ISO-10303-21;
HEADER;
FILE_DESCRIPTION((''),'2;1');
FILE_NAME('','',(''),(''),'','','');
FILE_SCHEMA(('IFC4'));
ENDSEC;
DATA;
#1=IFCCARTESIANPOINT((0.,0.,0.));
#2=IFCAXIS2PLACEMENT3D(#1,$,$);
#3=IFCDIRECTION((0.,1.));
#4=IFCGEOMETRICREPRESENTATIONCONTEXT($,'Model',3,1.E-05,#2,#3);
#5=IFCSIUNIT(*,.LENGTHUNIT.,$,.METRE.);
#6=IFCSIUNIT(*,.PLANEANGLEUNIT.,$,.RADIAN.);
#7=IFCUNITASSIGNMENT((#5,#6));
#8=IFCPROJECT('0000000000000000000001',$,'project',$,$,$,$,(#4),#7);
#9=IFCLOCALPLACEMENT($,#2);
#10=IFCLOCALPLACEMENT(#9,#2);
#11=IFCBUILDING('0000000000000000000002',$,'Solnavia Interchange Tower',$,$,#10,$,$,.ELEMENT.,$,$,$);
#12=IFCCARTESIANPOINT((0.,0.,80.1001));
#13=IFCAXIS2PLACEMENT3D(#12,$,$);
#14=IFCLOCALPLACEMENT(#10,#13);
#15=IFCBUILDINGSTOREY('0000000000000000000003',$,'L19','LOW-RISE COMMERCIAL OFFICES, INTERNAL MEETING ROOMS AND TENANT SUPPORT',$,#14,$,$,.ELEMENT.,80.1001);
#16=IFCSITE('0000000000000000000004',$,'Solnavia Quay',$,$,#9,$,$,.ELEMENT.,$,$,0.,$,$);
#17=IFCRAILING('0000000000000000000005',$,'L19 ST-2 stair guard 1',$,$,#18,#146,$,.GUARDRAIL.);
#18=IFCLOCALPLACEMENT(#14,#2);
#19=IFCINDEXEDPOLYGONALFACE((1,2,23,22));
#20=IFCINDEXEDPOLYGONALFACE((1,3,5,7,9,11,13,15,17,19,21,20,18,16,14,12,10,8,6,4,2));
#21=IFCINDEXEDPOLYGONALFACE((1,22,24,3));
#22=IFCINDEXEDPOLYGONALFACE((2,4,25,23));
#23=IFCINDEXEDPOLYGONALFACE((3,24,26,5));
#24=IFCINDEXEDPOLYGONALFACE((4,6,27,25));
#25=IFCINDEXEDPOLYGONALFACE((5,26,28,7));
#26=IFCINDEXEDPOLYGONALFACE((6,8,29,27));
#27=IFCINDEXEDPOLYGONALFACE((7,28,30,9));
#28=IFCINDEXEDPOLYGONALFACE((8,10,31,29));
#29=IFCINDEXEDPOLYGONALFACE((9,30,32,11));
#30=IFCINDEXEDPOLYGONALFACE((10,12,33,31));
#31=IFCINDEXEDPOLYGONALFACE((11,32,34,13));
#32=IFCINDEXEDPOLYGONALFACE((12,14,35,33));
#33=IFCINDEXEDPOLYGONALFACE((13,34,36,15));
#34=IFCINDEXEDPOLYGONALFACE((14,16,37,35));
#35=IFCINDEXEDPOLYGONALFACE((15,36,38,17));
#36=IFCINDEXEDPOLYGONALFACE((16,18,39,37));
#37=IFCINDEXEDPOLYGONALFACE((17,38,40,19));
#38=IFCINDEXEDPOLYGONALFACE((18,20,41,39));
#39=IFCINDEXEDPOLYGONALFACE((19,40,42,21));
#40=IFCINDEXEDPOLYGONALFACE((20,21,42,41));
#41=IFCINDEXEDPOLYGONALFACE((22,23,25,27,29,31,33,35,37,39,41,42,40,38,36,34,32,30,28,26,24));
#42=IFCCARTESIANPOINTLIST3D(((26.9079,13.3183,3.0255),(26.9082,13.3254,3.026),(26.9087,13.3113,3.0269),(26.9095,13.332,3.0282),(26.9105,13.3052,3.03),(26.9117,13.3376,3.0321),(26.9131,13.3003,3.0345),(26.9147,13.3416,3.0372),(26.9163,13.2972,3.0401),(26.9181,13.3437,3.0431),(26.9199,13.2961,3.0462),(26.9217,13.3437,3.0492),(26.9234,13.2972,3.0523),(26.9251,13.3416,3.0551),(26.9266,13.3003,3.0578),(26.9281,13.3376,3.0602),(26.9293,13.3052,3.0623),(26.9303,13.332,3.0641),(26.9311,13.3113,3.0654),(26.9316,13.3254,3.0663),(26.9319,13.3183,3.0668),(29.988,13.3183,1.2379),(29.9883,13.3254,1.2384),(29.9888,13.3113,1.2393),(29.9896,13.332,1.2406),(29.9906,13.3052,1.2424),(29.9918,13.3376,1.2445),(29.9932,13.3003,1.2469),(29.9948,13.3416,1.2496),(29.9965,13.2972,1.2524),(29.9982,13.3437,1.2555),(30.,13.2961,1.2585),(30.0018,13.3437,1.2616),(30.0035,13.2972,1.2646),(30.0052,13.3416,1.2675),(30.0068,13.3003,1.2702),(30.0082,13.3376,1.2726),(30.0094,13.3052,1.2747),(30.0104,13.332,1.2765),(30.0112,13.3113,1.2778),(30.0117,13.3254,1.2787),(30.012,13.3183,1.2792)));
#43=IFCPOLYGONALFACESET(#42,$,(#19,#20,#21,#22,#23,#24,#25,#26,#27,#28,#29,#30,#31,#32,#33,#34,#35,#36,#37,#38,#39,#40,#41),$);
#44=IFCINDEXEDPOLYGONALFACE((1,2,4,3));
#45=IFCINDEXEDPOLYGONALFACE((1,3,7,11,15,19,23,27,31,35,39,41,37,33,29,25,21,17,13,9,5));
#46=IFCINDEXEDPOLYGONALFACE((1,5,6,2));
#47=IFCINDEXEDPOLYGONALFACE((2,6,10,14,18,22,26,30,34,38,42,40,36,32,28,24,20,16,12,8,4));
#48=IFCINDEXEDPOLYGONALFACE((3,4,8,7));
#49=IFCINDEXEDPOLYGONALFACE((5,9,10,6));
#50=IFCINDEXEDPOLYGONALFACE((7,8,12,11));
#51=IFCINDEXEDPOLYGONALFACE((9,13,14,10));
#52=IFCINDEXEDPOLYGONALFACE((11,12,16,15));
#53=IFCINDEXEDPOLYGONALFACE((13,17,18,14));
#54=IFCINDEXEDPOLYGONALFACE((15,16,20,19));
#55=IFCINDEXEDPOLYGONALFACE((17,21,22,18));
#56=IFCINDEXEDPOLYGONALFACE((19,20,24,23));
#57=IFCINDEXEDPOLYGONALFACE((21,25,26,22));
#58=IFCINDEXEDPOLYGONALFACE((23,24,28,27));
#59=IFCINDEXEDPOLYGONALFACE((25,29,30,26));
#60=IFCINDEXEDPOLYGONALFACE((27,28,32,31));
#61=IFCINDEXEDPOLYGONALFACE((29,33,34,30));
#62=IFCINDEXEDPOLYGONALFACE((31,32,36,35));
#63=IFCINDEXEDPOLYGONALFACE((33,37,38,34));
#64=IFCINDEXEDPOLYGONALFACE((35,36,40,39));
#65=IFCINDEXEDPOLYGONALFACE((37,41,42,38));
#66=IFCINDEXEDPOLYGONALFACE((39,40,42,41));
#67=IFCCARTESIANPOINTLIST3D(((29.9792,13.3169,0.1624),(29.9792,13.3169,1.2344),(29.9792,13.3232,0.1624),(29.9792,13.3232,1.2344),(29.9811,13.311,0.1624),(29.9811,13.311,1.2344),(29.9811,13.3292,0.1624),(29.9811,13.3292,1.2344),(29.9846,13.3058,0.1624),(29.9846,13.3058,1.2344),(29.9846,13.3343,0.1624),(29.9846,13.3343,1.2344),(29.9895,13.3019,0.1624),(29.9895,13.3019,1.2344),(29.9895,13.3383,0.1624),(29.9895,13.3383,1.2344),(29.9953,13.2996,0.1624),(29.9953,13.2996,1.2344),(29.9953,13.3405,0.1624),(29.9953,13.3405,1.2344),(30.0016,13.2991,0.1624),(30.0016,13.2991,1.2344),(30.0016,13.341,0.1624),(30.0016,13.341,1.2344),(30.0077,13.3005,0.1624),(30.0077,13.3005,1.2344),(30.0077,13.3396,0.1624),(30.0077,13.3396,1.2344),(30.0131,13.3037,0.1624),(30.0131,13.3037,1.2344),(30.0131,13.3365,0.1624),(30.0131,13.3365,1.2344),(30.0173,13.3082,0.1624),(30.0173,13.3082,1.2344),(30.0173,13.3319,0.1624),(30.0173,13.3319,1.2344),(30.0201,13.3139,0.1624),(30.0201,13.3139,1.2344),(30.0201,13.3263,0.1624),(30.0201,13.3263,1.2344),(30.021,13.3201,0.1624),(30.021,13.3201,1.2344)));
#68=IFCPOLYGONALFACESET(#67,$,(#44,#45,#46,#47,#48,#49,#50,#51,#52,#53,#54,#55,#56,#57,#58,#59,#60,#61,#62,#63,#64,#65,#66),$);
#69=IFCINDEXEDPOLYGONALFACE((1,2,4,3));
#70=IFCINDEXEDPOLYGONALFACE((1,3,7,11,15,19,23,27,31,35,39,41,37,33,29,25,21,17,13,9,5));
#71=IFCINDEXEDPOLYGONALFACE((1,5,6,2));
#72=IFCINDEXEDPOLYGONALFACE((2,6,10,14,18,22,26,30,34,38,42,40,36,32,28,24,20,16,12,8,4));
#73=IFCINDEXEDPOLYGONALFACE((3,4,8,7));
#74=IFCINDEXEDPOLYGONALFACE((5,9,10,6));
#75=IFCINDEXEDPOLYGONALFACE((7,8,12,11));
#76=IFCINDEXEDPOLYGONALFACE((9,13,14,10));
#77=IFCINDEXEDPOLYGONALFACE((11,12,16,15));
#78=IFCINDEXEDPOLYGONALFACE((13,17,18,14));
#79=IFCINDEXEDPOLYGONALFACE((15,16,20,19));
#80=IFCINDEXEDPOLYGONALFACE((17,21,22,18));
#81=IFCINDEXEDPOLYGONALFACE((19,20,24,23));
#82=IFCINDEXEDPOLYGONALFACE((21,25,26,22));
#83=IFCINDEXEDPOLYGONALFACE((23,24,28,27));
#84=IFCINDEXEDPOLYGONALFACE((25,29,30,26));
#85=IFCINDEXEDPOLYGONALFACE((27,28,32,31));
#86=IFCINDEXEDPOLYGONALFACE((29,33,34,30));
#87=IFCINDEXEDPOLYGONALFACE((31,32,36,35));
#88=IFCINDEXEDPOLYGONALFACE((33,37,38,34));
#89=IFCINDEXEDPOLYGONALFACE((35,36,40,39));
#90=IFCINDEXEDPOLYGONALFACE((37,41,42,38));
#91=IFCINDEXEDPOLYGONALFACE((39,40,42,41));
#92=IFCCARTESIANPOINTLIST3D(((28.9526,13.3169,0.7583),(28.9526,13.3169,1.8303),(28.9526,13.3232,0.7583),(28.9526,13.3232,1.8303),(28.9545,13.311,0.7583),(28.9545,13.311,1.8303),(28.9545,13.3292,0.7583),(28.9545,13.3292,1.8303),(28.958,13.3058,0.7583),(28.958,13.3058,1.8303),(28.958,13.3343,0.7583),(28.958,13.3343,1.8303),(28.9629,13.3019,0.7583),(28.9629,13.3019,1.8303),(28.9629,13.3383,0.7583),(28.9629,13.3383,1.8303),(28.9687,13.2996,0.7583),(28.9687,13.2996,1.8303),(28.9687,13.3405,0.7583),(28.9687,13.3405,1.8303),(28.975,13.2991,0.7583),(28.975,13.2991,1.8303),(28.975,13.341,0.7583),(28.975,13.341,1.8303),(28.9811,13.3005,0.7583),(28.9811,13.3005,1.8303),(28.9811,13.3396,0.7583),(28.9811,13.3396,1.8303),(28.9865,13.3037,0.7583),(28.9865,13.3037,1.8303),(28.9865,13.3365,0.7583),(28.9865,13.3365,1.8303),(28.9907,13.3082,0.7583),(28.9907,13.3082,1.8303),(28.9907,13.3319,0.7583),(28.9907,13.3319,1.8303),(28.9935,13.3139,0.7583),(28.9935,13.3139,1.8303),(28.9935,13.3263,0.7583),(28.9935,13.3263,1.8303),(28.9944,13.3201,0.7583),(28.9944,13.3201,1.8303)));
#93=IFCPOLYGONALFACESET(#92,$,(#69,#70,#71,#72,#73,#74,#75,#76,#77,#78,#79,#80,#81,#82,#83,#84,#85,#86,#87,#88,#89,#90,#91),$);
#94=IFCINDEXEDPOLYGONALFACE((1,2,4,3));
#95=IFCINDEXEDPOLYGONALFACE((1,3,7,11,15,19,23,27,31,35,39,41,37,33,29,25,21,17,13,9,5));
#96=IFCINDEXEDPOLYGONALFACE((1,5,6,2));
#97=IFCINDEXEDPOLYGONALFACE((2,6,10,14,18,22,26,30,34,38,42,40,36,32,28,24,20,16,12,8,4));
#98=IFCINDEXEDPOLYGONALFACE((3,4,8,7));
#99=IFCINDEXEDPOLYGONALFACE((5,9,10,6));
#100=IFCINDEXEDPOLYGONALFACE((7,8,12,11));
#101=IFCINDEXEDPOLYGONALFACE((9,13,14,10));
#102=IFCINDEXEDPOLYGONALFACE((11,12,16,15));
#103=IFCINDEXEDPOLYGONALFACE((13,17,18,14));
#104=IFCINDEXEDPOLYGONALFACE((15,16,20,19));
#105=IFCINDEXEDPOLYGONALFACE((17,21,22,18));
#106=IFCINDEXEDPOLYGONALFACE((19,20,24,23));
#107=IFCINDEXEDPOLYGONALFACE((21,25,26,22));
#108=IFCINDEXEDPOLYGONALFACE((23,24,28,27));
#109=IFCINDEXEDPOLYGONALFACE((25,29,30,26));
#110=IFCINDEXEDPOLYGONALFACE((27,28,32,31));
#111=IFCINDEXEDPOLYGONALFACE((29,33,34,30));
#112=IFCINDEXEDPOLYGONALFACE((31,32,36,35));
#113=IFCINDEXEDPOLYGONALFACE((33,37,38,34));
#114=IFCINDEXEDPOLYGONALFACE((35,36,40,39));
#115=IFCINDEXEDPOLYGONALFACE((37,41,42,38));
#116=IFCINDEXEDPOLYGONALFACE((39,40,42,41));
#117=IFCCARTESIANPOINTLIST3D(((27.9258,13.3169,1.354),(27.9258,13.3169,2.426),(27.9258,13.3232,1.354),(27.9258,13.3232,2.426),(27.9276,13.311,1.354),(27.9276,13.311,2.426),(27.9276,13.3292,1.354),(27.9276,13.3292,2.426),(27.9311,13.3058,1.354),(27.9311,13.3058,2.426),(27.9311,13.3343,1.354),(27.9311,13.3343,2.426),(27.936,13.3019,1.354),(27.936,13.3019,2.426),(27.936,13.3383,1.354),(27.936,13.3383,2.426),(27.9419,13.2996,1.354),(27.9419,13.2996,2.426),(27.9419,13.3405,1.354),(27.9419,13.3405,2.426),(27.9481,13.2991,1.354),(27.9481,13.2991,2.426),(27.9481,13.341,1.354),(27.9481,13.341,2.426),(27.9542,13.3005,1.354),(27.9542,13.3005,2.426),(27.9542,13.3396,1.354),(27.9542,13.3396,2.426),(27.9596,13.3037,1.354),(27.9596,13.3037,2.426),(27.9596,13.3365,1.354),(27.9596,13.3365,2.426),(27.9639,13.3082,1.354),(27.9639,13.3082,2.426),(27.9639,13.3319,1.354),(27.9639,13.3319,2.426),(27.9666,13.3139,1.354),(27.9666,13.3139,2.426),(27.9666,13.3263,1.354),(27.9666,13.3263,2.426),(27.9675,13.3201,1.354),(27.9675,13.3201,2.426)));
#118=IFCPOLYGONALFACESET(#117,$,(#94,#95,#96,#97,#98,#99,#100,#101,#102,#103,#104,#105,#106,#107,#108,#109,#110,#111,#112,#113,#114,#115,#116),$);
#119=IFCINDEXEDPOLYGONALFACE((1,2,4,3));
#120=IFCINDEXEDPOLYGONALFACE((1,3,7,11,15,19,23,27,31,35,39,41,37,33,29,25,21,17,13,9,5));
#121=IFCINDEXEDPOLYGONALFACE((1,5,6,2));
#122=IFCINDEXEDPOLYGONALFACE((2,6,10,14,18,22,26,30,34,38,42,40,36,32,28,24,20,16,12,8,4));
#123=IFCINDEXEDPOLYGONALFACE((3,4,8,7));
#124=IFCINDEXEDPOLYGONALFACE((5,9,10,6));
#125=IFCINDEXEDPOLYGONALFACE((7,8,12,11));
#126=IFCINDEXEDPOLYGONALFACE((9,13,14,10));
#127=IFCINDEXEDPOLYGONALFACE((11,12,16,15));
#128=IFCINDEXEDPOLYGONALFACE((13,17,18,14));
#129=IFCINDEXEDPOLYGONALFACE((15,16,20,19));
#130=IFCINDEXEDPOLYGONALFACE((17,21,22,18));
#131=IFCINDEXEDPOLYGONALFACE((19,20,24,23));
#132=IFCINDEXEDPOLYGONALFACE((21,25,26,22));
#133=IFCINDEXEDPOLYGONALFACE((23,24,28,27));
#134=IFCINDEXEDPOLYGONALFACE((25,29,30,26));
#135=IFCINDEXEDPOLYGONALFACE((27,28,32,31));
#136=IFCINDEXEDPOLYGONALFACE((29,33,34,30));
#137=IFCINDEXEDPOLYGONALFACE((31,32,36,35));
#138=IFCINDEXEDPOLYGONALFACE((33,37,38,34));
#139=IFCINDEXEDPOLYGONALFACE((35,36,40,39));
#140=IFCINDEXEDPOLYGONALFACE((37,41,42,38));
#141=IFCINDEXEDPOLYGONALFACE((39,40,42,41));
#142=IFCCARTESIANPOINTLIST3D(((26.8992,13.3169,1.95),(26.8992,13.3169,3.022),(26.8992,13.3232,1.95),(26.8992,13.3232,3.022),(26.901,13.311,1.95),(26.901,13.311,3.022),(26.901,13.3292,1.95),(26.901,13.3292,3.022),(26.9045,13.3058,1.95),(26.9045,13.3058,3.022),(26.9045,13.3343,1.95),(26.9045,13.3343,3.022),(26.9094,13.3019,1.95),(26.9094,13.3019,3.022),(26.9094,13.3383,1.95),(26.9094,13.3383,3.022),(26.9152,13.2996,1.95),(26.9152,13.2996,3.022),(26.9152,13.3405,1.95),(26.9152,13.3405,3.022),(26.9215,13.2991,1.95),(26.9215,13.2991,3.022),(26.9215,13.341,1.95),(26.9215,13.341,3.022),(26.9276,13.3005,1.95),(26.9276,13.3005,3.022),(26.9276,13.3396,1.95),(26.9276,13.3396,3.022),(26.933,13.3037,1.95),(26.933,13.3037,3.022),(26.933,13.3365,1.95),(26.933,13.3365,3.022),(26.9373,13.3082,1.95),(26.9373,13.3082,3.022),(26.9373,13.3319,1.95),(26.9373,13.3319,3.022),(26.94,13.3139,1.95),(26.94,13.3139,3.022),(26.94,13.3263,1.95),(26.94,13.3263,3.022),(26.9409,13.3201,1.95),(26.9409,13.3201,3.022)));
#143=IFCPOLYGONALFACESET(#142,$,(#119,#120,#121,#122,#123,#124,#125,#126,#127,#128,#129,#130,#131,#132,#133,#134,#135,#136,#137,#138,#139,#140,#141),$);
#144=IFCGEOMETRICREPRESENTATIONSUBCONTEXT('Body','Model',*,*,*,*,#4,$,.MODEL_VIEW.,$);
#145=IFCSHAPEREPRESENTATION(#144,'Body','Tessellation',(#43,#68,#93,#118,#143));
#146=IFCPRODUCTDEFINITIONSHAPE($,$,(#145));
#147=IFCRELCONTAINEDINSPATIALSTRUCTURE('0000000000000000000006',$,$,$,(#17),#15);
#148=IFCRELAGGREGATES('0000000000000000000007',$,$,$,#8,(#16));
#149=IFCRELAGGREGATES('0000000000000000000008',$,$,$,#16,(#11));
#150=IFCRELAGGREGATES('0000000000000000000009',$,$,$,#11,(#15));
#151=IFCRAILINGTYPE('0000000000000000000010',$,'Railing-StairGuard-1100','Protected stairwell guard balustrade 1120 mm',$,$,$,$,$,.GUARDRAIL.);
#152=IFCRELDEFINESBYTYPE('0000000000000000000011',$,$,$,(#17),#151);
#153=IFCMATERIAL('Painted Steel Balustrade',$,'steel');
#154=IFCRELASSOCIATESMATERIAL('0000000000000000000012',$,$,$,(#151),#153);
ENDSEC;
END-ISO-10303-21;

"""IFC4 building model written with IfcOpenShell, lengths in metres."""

from ifc_helpers import new_model, si_unit, direction, frame, origin, origin_2d, place, context, subcontext, project, spatial, circle, extrude, material, type_object, element, save


model = new_model("IFC4")

# Units and contexts
model_context = context("Model", 3, precision=1e-05, world=origin(), true_north=direction((0.0, 1.0)))
body_context = subcontext(model_context, "Body", "Model", "MODEL_VIEW")
ifc_project = project(units=[si_unit("LENGTHUNIT", "METRE"), si_unit("PLANEANGLEUNIT", "RADIAN")], contexts=[model_context])

# Site, building, storey
site_placement = place(None, origin())
site = spatial("IfcSite", under=ifc_project, at=site_placement, Name="Solnavia Quay", CompositionType="ELEMENT", RefElevation=0.0)
building_placement = place(site_placement, origin())
building = spatial("IfcBuilding", under=site, at=building_placement, Name="Solnavia Interchange Tower", CompositionType="ELEMENT")
storey_placement = place(building_placement, frame((0.0, 0.0, 80.1001)))
storey = spatial("IfcBuildingStorey", under=building, at=storey_placement, Name="L19", Description="LOW-RISE COMMERCIAL OFFICES, INTERNAL MEETING ROOMS AND TENANT SUPPORT", CompositionType="ELEMENT", Elevation=80.1001)

# Railing
ifc_material_1 = material(Name="Painted Steel Balustrade", Category="steel")
railing_type_1 = type_object("IfcRailingType", Name="Railing-StairGuard-1100", Description="Protected stairwell guard balustrade 1120 mm", PredefinedType="GUARDRAIL", material=ifc_material_1)
railing_1_placement = place(storey_placement, frame((30.0, 13.3201, 0.1624)))
element("IfcRailing", 1, at=railing_1_placement, inside=storey, type_object=railing_type_1, Name="L19 ST-2 stair guard 1", PredefinedType="GUARDRAIL", context=body_context, shape_type="SweptSolid", body=[
    extrude(circle(Radius=0.0239, at=origin_2d()), frame((0.0, 0.0, 1.0962), z_axis=(-0.864891, 0.0, 0.50196), x_axis=(0.0, -1.0, 0.0)), (0.0, 0.0, 1.0), 3.5613),
    extrude(circle(Radius=0.021, at=origin_2d()), origin(), (0.0, 0.0, 1.0), 1.072),
    extrude(circle(Radius=0.021, at=origin_2d()), frame((-1.0266, 0.0, 0.5959)), (0.0, 0.0, 1.0), 1.072),
    extrude(circle(Radius=0.021, at=origin_2d()), frame((-2.0535, 0.0, 1.1917)), (0.0, 0.0, 1.0), 1.072),
    extrude(circle(Radius=0.021, at=origin_2d()), frame((-3.0801, 0.0, 1.7876)), (0.0, 0.0, 1.0), 1.072),
])

save(model, "model.ifc")
